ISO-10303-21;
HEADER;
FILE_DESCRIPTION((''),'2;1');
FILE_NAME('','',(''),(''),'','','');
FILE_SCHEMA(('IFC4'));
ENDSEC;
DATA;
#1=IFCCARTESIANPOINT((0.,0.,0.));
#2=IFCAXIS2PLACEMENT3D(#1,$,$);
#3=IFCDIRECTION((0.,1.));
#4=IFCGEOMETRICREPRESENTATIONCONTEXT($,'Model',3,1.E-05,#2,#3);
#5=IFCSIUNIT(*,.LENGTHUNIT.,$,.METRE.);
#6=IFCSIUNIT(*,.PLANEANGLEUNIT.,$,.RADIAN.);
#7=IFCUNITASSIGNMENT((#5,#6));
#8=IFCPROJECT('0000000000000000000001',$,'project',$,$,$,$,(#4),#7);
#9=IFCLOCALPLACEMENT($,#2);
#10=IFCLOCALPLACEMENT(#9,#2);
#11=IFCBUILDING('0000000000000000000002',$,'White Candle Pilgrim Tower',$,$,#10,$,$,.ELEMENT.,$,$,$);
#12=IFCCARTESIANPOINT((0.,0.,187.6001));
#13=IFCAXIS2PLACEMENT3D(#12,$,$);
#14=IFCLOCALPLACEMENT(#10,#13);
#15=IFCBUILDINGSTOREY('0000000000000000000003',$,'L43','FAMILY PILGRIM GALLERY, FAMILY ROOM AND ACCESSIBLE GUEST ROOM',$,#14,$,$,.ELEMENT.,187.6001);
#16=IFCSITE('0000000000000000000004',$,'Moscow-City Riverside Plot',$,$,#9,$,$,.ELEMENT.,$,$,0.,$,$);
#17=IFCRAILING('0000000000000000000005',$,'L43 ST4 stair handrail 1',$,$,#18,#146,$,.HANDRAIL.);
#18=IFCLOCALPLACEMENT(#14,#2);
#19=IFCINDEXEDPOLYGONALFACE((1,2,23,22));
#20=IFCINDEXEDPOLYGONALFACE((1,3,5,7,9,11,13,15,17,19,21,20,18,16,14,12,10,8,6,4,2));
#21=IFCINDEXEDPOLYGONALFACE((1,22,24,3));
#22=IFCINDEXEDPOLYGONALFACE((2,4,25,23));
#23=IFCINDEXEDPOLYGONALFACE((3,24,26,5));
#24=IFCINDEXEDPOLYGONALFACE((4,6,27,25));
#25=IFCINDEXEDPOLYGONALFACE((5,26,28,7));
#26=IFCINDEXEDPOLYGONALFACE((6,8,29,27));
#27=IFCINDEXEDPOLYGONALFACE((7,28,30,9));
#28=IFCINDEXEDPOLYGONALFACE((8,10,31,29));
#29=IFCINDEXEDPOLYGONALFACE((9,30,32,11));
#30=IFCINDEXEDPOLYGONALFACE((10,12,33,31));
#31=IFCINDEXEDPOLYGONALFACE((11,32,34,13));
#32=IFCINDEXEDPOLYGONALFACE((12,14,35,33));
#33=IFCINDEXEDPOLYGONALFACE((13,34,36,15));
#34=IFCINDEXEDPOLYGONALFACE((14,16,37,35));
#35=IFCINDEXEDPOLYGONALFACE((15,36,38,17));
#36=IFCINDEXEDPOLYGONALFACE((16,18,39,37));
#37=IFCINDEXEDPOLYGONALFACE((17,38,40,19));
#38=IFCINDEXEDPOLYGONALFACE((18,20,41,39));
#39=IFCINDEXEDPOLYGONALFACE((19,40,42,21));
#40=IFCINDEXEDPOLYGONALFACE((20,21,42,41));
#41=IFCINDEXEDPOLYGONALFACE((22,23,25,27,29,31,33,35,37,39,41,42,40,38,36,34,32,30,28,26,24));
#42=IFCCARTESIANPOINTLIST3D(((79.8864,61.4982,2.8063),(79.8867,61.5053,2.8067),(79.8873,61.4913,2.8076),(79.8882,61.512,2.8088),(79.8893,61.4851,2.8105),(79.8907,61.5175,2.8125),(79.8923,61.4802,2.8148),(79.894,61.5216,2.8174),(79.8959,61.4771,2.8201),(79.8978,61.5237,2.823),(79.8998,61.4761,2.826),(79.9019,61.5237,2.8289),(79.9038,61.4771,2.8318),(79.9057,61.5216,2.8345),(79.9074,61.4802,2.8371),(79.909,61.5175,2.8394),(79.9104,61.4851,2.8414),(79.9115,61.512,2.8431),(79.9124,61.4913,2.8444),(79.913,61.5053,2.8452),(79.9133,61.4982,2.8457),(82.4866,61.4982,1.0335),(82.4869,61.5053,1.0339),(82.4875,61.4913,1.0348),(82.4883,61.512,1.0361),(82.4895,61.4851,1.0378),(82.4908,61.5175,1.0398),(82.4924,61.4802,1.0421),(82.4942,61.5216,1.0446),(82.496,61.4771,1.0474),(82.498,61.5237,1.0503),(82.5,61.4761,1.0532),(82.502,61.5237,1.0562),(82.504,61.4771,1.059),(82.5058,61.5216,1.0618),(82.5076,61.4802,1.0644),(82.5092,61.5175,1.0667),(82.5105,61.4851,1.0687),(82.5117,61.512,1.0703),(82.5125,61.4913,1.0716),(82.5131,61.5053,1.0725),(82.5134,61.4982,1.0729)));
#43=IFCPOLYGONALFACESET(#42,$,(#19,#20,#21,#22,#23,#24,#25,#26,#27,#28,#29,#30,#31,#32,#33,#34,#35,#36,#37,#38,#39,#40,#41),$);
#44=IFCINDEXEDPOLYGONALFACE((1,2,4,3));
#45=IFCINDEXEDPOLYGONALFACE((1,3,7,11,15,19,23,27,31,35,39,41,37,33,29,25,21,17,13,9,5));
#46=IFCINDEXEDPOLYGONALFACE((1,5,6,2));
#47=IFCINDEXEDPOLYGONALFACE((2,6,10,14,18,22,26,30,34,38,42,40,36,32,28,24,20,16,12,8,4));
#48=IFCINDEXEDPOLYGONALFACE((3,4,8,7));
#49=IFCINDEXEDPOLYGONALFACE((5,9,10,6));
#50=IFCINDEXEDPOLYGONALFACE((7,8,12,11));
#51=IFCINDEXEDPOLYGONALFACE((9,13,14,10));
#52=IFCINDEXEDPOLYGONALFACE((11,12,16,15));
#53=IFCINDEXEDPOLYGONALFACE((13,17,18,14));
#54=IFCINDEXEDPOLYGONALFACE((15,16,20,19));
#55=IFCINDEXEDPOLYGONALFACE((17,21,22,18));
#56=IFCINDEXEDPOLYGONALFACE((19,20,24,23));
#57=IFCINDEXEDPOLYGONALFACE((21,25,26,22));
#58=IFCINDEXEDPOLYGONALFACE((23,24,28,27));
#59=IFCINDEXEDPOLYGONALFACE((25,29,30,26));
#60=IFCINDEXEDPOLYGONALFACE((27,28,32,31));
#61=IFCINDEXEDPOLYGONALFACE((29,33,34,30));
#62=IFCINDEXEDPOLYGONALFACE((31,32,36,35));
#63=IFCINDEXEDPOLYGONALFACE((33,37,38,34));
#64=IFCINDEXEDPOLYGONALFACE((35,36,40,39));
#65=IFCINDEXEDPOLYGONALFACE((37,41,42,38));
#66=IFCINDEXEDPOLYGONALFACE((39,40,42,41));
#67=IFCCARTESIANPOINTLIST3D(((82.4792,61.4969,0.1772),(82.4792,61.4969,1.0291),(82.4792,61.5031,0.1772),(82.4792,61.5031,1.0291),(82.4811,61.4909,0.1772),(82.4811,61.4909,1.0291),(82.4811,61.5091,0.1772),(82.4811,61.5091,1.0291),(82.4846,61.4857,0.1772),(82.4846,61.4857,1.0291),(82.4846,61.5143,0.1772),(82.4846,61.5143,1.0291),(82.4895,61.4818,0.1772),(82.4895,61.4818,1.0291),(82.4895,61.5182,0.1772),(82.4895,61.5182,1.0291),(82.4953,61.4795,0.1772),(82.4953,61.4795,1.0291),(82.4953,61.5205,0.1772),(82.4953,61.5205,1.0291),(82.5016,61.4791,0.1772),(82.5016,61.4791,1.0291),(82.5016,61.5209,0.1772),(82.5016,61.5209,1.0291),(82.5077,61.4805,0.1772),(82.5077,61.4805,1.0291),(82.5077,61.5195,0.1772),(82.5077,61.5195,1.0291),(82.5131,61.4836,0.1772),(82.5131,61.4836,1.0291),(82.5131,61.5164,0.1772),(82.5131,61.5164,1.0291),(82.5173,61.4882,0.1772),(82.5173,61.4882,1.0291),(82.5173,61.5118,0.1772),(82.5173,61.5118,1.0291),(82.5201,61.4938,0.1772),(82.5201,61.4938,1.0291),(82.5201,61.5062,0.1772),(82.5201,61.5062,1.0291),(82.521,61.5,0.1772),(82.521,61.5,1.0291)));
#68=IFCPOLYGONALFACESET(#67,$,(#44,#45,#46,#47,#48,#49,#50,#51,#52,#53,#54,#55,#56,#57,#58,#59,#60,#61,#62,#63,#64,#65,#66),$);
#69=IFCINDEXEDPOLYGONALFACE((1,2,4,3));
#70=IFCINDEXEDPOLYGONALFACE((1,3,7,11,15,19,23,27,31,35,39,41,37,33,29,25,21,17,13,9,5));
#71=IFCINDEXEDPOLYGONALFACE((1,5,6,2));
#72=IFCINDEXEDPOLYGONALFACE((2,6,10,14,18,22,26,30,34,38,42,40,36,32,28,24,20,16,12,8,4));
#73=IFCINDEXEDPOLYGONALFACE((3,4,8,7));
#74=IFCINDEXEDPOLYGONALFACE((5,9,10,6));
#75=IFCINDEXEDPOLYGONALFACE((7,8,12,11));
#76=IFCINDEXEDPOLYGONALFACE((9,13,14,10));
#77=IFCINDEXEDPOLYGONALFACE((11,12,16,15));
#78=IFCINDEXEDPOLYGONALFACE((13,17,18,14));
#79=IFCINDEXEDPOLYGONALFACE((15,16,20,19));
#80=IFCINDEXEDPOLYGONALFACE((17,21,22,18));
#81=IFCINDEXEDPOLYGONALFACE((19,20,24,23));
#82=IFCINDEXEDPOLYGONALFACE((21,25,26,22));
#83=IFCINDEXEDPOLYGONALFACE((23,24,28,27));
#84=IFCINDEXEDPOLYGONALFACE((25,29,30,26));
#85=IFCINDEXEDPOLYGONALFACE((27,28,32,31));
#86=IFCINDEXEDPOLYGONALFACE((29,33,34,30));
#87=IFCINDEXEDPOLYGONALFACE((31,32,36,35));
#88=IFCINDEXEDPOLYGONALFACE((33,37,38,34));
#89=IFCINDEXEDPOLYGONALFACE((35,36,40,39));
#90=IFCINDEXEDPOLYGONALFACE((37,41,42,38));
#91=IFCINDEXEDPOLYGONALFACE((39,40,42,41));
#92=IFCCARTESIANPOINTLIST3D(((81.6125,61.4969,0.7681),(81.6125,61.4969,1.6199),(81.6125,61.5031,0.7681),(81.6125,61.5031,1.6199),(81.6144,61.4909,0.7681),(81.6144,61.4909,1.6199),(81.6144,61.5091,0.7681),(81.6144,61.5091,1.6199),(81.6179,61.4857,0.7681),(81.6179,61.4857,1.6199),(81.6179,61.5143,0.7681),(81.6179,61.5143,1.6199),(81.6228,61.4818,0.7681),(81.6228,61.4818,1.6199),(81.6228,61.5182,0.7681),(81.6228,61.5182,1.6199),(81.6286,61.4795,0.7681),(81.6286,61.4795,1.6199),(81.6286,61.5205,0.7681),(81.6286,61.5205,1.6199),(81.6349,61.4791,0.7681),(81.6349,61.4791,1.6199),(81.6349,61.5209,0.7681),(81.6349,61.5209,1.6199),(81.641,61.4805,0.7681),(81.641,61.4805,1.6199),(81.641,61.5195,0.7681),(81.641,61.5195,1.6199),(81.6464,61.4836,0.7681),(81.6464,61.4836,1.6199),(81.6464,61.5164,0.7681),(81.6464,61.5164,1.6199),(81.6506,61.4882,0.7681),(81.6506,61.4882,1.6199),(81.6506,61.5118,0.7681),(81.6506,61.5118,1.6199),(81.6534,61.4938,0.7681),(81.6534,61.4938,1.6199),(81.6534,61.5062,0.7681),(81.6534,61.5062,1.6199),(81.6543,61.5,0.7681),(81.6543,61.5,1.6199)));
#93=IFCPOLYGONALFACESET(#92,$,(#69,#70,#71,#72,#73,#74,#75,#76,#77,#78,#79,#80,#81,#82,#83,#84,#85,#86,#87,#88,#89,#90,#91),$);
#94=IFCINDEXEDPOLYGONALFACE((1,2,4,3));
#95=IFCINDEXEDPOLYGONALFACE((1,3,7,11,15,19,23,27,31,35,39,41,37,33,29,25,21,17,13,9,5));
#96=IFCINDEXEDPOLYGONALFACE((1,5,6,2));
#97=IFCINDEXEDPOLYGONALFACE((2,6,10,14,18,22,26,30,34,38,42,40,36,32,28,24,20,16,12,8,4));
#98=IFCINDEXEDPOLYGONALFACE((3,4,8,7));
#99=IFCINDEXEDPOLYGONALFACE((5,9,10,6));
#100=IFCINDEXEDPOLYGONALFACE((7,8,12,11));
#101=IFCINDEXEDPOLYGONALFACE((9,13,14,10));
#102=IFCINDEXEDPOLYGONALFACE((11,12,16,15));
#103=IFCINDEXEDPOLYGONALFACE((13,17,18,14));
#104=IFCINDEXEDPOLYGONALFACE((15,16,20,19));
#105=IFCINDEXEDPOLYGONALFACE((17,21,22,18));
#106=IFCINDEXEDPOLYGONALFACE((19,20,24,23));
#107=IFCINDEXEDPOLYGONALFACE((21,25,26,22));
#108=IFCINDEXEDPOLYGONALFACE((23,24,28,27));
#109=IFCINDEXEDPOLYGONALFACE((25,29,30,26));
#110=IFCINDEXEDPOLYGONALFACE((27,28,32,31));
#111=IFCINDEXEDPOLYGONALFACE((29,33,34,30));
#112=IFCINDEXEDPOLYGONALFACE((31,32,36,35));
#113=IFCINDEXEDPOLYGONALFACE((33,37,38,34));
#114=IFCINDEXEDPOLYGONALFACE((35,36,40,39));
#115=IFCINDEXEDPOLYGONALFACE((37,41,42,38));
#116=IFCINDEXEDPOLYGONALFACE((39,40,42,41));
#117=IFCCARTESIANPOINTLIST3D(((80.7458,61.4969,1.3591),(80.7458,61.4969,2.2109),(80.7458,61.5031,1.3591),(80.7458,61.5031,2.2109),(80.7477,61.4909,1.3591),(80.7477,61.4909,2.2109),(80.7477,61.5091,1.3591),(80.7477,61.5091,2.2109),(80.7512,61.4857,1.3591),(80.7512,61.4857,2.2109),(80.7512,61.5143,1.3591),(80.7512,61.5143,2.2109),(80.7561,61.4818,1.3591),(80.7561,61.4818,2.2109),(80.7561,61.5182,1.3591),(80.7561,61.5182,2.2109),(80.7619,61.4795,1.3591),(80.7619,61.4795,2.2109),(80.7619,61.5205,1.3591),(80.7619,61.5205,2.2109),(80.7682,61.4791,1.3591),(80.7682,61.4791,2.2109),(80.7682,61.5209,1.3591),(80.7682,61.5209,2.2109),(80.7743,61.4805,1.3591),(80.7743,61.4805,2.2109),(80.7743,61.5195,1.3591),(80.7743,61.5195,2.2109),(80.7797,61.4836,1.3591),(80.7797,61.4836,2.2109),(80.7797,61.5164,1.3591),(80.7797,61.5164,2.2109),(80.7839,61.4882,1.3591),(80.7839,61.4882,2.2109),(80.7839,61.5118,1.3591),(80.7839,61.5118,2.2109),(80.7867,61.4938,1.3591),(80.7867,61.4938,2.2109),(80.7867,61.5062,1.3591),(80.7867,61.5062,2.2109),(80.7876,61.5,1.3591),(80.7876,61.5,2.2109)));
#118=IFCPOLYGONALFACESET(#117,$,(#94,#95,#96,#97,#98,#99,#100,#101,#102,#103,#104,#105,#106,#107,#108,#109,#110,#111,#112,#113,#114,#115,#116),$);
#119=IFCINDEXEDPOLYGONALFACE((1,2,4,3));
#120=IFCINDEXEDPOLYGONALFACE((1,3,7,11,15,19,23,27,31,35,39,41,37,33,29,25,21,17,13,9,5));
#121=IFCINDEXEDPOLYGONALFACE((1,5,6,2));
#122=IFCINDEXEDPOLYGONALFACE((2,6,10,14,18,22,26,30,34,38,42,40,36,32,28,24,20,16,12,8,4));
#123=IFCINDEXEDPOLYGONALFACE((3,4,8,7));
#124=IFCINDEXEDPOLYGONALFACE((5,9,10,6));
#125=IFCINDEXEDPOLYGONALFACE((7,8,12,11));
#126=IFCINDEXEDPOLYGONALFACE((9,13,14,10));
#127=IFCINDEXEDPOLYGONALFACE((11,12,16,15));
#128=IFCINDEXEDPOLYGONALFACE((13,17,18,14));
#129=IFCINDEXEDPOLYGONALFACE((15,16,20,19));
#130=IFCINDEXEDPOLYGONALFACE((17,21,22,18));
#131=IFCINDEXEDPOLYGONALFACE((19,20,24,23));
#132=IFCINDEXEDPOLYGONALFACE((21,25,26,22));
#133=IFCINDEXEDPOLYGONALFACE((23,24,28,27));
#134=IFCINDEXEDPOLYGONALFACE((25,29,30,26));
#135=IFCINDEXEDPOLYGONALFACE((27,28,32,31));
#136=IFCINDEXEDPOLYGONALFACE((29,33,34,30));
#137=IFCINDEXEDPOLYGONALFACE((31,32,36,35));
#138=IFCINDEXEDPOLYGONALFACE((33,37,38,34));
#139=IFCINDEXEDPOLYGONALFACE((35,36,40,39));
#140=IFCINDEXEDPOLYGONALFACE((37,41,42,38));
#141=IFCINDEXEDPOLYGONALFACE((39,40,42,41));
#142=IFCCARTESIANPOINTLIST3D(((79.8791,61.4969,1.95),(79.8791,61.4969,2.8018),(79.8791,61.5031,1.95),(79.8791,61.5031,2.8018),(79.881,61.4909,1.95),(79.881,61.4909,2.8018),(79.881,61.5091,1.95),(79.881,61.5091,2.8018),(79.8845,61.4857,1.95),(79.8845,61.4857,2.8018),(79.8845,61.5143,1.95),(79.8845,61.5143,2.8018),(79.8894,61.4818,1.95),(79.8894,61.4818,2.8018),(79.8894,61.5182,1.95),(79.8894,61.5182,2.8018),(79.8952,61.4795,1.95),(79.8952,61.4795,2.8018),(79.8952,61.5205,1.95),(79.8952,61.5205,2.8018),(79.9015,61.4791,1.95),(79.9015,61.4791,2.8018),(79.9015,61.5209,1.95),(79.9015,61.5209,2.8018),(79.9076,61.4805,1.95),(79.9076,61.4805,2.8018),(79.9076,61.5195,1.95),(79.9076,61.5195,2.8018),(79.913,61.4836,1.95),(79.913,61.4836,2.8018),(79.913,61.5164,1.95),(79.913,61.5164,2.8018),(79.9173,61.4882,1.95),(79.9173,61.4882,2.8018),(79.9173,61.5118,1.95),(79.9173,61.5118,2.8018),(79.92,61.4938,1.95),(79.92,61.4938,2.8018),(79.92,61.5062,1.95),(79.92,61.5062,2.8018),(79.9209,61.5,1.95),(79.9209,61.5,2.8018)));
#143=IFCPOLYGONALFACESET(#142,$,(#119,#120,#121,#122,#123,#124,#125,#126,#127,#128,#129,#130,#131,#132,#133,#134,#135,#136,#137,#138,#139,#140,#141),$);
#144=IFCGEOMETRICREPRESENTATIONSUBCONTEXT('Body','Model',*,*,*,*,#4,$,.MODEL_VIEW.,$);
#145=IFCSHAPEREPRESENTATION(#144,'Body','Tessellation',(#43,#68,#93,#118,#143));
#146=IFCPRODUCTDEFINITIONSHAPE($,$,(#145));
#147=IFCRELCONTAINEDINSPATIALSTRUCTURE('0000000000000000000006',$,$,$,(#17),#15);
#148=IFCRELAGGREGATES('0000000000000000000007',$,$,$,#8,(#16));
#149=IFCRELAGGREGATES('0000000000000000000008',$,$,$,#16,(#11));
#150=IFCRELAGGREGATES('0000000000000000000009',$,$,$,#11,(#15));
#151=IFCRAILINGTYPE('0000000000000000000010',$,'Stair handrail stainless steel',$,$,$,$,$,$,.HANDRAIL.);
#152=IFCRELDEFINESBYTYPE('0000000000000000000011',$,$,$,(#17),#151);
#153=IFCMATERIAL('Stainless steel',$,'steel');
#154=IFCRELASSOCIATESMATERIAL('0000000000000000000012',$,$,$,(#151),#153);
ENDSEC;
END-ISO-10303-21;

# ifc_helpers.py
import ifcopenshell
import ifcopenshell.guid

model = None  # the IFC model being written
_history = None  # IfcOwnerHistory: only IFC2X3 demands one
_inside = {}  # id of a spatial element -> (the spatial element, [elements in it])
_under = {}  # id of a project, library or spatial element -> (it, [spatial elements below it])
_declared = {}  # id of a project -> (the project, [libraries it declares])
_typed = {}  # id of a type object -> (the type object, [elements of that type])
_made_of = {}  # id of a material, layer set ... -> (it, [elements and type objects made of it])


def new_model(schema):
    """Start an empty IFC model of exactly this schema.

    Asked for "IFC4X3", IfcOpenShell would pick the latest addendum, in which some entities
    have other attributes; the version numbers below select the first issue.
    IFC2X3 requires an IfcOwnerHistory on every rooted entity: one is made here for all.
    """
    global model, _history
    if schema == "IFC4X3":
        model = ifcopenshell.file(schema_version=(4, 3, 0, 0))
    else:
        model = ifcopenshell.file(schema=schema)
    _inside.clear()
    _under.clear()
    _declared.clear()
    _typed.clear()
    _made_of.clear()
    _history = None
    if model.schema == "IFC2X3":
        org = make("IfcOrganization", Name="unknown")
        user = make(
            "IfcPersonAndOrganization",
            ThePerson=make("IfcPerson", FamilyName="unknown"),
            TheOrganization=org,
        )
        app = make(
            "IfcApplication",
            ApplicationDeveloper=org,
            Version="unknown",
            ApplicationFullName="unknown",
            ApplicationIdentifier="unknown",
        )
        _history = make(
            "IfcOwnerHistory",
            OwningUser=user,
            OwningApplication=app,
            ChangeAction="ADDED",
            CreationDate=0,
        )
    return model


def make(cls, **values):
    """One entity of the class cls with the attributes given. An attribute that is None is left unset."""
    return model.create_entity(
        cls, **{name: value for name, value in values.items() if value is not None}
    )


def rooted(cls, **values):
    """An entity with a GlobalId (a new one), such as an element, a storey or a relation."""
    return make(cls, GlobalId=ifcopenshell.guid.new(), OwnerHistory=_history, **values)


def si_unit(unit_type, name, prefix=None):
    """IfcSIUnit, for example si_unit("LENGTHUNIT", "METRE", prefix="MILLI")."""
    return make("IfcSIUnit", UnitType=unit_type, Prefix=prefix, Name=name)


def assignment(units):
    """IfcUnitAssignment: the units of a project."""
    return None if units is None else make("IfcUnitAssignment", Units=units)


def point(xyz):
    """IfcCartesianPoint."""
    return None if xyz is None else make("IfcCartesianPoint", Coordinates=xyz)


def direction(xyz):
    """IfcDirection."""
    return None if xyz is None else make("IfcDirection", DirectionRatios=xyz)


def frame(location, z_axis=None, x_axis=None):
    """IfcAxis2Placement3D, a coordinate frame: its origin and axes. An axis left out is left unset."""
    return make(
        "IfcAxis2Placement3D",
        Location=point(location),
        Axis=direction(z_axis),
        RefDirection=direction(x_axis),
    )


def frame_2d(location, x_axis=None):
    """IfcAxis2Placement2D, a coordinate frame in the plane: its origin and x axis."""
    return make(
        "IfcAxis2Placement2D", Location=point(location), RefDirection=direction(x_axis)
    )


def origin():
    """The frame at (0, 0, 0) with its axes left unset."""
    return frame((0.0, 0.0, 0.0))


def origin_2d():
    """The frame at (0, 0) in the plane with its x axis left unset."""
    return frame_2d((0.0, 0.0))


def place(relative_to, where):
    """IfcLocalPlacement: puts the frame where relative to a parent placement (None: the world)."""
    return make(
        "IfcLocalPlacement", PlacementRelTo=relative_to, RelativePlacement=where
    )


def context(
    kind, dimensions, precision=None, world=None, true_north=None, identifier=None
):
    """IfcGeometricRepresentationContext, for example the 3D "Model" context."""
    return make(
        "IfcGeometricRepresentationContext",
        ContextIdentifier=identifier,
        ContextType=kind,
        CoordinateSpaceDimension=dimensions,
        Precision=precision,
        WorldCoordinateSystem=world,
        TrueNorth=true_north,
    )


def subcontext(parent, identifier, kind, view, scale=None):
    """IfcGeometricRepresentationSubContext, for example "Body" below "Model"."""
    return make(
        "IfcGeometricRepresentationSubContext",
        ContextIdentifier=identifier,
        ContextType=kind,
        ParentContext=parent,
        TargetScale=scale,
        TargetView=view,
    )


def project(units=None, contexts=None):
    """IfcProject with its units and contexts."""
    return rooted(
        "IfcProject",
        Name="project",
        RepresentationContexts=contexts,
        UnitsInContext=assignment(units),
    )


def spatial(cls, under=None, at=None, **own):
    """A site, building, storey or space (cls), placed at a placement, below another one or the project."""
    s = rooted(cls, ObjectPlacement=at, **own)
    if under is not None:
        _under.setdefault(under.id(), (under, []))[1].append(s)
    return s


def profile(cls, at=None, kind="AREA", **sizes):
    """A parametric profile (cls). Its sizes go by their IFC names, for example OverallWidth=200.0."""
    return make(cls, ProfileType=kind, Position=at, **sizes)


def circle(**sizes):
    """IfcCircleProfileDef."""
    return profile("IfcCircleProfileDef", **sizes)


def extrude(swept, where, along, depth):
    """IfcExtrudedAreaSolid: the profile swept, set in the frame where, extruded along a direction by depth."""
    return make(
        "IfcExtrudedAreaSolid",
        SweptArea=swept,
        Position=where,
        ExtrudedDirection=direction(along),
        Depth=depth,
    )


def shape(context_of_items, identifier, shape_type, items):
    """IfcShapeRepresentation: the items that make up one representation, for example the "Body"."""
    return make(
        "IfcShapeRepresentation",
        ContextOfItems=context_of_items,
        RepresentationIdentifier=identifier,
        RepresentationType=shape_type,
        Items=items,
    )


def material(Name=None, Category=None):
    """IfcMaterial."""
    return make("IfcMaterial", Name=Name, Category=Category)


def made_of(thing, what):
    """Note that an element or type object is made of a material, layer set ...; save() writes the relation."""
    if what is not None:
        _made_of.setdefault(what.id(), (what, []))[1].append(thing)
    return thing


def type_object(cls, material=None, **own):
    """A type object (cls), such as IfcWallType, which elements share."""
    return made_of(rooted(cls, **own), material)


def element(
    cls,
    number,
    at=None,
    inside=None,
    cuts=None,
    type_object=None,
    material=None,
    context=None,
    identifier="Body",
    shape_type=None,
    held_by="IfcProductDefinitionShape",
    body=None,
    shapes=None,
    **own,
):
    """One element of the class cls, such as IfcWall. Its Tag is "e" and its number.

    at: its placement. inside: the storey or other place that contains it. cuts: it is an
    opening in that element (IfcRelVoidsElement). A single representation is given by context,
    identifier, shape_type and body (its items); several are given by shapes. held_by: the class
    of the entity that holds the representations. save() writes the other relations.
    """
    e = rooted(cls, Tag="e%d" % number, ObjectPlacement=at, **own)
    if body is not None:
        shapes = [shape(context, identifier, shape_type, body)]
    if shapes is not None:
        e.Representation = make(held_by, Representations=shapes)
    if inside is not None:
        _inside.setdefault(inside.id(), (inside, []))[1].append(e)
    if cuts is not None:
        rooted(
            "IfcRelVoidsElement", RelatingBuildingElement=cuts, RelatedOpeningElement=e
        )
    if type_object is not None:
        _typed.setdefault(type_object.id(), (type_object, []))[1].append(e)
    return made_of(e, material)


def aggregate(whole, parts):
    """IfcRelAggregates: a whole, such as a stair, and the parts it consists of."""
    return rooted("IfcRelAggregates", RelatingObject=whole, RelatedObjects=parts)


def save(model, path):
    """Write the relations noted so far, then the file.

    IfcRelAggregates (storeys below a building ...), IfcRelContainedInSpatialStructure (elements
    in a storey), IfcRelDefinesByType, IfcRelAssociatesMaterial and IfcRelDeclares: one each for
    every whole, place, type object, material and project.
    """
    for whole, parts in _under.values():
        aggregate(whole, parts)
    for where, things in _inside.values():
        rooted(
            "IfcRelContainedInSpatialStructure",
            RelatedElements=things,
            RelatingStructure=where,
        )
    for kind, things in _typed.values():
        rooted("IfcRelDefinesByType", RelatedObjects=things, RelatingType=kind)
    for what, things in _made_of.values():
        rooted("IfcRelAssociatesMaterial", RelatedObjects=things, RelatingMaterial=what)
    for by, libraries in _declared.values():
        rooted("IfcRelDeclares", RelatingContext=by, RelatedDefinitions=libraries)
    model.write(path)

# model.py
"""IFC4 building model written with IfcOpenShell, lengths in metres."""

from ifc_helpers import new_model, si_unit, direction, frame, origin, origin_2d, place, context, subcontext, project, spatial, circle, extrude, material, type_object, element, save


model = new_model("IFC4")

# Units and contexts
model_context = context("Model", 3, precision=1e-05, world=origin(), true_north=direction((0.0, 1.0)))
body_context = subcontext(model_context, "Body", "Model", "MODEL_VIEW")
ifc_project = project(units=[si_unit("LENGTHUNIT", "METRE"), si_unit("PLANEANGLEUNIT", "RADIAN")], contexts=[model_context])

# Site, building, storey
site_placement = place(None, origin())
site = spatial("IfcSite", under=ifc_project, at=site_placement, Name="Moscow-City Riverside Plot", CompositionType="ELEMENT", RefElevation=0.0)
building_placement = place(site_placement, origin())
building = spatial("IfcBuilding", under=site, at=building_placement, Name="White Candle Pilgrim Tower", CompositionType="ELEMENT")
storey_placement = place(building_placement, frame((0.0, 0.0, 187.6001)))
storey = spatial("IfcBuildingStorey", under=building, at=storey_placement, Name="L43", Description="FAMILY PILGRIM GALLERY, FAMILY ROOM AND ACCESSIBLE GUEST ROOM", CompositionType="ELEMENT", Elevation=187.6001)

# Railing
ifc_material_1 = material(Name="Stainless steel", Category="steel")
railing_type_1 = type_object("IfcRailingType", Name="Stair handrail stainless steel", PredefinedType="HANDRAIL", material=ifc_material_1)
railing_1_placement = place(storey_placement, frame((82.5, 61.5, 0.1772)))
element("IfcRailing", 1, at=railing_1_placement, inside=storey, type_object=railing_type_1, Name="L43 ST4 stair handrail 1", PredefinedType="HANDRAIL", context=body_context, shape_type="SweptSolid", body=[
    extrude(circle(Radius=0.0239, at=origin_2d()), frame((0.0, 0.0, 0.876), z_axis=(-0.82624, 0.0, 0.563318), x_axis=(0.0, -1.0, 0.0)), (0.0, 0.0, 1.0), 3.147),
    extrude(circle(Radius=0.021, at=origin_2d()), origin(), (0.0, 0.0, 1.0), 0.8518),
    extrude(circle(Radius=0.021, at=origin_2d()), frame((-0.8667, 0.0, 0.5908)), (0.0, 0.0, 1.0), 0.8518),
    extrude(circle(Radius=0.021, at=origin_2d()), frame((-1.7334, 0.0, 1.1819)), (0.0, 0.0, 1.0), 0.8518),
    extrude(circle(Radius=0.021, at=origin_2d()), frame((-2.6001, 0.0, 1.7727)), (0.0, 0.0, 1.0), 0.8518),
])

save(model, "model.ifc")
